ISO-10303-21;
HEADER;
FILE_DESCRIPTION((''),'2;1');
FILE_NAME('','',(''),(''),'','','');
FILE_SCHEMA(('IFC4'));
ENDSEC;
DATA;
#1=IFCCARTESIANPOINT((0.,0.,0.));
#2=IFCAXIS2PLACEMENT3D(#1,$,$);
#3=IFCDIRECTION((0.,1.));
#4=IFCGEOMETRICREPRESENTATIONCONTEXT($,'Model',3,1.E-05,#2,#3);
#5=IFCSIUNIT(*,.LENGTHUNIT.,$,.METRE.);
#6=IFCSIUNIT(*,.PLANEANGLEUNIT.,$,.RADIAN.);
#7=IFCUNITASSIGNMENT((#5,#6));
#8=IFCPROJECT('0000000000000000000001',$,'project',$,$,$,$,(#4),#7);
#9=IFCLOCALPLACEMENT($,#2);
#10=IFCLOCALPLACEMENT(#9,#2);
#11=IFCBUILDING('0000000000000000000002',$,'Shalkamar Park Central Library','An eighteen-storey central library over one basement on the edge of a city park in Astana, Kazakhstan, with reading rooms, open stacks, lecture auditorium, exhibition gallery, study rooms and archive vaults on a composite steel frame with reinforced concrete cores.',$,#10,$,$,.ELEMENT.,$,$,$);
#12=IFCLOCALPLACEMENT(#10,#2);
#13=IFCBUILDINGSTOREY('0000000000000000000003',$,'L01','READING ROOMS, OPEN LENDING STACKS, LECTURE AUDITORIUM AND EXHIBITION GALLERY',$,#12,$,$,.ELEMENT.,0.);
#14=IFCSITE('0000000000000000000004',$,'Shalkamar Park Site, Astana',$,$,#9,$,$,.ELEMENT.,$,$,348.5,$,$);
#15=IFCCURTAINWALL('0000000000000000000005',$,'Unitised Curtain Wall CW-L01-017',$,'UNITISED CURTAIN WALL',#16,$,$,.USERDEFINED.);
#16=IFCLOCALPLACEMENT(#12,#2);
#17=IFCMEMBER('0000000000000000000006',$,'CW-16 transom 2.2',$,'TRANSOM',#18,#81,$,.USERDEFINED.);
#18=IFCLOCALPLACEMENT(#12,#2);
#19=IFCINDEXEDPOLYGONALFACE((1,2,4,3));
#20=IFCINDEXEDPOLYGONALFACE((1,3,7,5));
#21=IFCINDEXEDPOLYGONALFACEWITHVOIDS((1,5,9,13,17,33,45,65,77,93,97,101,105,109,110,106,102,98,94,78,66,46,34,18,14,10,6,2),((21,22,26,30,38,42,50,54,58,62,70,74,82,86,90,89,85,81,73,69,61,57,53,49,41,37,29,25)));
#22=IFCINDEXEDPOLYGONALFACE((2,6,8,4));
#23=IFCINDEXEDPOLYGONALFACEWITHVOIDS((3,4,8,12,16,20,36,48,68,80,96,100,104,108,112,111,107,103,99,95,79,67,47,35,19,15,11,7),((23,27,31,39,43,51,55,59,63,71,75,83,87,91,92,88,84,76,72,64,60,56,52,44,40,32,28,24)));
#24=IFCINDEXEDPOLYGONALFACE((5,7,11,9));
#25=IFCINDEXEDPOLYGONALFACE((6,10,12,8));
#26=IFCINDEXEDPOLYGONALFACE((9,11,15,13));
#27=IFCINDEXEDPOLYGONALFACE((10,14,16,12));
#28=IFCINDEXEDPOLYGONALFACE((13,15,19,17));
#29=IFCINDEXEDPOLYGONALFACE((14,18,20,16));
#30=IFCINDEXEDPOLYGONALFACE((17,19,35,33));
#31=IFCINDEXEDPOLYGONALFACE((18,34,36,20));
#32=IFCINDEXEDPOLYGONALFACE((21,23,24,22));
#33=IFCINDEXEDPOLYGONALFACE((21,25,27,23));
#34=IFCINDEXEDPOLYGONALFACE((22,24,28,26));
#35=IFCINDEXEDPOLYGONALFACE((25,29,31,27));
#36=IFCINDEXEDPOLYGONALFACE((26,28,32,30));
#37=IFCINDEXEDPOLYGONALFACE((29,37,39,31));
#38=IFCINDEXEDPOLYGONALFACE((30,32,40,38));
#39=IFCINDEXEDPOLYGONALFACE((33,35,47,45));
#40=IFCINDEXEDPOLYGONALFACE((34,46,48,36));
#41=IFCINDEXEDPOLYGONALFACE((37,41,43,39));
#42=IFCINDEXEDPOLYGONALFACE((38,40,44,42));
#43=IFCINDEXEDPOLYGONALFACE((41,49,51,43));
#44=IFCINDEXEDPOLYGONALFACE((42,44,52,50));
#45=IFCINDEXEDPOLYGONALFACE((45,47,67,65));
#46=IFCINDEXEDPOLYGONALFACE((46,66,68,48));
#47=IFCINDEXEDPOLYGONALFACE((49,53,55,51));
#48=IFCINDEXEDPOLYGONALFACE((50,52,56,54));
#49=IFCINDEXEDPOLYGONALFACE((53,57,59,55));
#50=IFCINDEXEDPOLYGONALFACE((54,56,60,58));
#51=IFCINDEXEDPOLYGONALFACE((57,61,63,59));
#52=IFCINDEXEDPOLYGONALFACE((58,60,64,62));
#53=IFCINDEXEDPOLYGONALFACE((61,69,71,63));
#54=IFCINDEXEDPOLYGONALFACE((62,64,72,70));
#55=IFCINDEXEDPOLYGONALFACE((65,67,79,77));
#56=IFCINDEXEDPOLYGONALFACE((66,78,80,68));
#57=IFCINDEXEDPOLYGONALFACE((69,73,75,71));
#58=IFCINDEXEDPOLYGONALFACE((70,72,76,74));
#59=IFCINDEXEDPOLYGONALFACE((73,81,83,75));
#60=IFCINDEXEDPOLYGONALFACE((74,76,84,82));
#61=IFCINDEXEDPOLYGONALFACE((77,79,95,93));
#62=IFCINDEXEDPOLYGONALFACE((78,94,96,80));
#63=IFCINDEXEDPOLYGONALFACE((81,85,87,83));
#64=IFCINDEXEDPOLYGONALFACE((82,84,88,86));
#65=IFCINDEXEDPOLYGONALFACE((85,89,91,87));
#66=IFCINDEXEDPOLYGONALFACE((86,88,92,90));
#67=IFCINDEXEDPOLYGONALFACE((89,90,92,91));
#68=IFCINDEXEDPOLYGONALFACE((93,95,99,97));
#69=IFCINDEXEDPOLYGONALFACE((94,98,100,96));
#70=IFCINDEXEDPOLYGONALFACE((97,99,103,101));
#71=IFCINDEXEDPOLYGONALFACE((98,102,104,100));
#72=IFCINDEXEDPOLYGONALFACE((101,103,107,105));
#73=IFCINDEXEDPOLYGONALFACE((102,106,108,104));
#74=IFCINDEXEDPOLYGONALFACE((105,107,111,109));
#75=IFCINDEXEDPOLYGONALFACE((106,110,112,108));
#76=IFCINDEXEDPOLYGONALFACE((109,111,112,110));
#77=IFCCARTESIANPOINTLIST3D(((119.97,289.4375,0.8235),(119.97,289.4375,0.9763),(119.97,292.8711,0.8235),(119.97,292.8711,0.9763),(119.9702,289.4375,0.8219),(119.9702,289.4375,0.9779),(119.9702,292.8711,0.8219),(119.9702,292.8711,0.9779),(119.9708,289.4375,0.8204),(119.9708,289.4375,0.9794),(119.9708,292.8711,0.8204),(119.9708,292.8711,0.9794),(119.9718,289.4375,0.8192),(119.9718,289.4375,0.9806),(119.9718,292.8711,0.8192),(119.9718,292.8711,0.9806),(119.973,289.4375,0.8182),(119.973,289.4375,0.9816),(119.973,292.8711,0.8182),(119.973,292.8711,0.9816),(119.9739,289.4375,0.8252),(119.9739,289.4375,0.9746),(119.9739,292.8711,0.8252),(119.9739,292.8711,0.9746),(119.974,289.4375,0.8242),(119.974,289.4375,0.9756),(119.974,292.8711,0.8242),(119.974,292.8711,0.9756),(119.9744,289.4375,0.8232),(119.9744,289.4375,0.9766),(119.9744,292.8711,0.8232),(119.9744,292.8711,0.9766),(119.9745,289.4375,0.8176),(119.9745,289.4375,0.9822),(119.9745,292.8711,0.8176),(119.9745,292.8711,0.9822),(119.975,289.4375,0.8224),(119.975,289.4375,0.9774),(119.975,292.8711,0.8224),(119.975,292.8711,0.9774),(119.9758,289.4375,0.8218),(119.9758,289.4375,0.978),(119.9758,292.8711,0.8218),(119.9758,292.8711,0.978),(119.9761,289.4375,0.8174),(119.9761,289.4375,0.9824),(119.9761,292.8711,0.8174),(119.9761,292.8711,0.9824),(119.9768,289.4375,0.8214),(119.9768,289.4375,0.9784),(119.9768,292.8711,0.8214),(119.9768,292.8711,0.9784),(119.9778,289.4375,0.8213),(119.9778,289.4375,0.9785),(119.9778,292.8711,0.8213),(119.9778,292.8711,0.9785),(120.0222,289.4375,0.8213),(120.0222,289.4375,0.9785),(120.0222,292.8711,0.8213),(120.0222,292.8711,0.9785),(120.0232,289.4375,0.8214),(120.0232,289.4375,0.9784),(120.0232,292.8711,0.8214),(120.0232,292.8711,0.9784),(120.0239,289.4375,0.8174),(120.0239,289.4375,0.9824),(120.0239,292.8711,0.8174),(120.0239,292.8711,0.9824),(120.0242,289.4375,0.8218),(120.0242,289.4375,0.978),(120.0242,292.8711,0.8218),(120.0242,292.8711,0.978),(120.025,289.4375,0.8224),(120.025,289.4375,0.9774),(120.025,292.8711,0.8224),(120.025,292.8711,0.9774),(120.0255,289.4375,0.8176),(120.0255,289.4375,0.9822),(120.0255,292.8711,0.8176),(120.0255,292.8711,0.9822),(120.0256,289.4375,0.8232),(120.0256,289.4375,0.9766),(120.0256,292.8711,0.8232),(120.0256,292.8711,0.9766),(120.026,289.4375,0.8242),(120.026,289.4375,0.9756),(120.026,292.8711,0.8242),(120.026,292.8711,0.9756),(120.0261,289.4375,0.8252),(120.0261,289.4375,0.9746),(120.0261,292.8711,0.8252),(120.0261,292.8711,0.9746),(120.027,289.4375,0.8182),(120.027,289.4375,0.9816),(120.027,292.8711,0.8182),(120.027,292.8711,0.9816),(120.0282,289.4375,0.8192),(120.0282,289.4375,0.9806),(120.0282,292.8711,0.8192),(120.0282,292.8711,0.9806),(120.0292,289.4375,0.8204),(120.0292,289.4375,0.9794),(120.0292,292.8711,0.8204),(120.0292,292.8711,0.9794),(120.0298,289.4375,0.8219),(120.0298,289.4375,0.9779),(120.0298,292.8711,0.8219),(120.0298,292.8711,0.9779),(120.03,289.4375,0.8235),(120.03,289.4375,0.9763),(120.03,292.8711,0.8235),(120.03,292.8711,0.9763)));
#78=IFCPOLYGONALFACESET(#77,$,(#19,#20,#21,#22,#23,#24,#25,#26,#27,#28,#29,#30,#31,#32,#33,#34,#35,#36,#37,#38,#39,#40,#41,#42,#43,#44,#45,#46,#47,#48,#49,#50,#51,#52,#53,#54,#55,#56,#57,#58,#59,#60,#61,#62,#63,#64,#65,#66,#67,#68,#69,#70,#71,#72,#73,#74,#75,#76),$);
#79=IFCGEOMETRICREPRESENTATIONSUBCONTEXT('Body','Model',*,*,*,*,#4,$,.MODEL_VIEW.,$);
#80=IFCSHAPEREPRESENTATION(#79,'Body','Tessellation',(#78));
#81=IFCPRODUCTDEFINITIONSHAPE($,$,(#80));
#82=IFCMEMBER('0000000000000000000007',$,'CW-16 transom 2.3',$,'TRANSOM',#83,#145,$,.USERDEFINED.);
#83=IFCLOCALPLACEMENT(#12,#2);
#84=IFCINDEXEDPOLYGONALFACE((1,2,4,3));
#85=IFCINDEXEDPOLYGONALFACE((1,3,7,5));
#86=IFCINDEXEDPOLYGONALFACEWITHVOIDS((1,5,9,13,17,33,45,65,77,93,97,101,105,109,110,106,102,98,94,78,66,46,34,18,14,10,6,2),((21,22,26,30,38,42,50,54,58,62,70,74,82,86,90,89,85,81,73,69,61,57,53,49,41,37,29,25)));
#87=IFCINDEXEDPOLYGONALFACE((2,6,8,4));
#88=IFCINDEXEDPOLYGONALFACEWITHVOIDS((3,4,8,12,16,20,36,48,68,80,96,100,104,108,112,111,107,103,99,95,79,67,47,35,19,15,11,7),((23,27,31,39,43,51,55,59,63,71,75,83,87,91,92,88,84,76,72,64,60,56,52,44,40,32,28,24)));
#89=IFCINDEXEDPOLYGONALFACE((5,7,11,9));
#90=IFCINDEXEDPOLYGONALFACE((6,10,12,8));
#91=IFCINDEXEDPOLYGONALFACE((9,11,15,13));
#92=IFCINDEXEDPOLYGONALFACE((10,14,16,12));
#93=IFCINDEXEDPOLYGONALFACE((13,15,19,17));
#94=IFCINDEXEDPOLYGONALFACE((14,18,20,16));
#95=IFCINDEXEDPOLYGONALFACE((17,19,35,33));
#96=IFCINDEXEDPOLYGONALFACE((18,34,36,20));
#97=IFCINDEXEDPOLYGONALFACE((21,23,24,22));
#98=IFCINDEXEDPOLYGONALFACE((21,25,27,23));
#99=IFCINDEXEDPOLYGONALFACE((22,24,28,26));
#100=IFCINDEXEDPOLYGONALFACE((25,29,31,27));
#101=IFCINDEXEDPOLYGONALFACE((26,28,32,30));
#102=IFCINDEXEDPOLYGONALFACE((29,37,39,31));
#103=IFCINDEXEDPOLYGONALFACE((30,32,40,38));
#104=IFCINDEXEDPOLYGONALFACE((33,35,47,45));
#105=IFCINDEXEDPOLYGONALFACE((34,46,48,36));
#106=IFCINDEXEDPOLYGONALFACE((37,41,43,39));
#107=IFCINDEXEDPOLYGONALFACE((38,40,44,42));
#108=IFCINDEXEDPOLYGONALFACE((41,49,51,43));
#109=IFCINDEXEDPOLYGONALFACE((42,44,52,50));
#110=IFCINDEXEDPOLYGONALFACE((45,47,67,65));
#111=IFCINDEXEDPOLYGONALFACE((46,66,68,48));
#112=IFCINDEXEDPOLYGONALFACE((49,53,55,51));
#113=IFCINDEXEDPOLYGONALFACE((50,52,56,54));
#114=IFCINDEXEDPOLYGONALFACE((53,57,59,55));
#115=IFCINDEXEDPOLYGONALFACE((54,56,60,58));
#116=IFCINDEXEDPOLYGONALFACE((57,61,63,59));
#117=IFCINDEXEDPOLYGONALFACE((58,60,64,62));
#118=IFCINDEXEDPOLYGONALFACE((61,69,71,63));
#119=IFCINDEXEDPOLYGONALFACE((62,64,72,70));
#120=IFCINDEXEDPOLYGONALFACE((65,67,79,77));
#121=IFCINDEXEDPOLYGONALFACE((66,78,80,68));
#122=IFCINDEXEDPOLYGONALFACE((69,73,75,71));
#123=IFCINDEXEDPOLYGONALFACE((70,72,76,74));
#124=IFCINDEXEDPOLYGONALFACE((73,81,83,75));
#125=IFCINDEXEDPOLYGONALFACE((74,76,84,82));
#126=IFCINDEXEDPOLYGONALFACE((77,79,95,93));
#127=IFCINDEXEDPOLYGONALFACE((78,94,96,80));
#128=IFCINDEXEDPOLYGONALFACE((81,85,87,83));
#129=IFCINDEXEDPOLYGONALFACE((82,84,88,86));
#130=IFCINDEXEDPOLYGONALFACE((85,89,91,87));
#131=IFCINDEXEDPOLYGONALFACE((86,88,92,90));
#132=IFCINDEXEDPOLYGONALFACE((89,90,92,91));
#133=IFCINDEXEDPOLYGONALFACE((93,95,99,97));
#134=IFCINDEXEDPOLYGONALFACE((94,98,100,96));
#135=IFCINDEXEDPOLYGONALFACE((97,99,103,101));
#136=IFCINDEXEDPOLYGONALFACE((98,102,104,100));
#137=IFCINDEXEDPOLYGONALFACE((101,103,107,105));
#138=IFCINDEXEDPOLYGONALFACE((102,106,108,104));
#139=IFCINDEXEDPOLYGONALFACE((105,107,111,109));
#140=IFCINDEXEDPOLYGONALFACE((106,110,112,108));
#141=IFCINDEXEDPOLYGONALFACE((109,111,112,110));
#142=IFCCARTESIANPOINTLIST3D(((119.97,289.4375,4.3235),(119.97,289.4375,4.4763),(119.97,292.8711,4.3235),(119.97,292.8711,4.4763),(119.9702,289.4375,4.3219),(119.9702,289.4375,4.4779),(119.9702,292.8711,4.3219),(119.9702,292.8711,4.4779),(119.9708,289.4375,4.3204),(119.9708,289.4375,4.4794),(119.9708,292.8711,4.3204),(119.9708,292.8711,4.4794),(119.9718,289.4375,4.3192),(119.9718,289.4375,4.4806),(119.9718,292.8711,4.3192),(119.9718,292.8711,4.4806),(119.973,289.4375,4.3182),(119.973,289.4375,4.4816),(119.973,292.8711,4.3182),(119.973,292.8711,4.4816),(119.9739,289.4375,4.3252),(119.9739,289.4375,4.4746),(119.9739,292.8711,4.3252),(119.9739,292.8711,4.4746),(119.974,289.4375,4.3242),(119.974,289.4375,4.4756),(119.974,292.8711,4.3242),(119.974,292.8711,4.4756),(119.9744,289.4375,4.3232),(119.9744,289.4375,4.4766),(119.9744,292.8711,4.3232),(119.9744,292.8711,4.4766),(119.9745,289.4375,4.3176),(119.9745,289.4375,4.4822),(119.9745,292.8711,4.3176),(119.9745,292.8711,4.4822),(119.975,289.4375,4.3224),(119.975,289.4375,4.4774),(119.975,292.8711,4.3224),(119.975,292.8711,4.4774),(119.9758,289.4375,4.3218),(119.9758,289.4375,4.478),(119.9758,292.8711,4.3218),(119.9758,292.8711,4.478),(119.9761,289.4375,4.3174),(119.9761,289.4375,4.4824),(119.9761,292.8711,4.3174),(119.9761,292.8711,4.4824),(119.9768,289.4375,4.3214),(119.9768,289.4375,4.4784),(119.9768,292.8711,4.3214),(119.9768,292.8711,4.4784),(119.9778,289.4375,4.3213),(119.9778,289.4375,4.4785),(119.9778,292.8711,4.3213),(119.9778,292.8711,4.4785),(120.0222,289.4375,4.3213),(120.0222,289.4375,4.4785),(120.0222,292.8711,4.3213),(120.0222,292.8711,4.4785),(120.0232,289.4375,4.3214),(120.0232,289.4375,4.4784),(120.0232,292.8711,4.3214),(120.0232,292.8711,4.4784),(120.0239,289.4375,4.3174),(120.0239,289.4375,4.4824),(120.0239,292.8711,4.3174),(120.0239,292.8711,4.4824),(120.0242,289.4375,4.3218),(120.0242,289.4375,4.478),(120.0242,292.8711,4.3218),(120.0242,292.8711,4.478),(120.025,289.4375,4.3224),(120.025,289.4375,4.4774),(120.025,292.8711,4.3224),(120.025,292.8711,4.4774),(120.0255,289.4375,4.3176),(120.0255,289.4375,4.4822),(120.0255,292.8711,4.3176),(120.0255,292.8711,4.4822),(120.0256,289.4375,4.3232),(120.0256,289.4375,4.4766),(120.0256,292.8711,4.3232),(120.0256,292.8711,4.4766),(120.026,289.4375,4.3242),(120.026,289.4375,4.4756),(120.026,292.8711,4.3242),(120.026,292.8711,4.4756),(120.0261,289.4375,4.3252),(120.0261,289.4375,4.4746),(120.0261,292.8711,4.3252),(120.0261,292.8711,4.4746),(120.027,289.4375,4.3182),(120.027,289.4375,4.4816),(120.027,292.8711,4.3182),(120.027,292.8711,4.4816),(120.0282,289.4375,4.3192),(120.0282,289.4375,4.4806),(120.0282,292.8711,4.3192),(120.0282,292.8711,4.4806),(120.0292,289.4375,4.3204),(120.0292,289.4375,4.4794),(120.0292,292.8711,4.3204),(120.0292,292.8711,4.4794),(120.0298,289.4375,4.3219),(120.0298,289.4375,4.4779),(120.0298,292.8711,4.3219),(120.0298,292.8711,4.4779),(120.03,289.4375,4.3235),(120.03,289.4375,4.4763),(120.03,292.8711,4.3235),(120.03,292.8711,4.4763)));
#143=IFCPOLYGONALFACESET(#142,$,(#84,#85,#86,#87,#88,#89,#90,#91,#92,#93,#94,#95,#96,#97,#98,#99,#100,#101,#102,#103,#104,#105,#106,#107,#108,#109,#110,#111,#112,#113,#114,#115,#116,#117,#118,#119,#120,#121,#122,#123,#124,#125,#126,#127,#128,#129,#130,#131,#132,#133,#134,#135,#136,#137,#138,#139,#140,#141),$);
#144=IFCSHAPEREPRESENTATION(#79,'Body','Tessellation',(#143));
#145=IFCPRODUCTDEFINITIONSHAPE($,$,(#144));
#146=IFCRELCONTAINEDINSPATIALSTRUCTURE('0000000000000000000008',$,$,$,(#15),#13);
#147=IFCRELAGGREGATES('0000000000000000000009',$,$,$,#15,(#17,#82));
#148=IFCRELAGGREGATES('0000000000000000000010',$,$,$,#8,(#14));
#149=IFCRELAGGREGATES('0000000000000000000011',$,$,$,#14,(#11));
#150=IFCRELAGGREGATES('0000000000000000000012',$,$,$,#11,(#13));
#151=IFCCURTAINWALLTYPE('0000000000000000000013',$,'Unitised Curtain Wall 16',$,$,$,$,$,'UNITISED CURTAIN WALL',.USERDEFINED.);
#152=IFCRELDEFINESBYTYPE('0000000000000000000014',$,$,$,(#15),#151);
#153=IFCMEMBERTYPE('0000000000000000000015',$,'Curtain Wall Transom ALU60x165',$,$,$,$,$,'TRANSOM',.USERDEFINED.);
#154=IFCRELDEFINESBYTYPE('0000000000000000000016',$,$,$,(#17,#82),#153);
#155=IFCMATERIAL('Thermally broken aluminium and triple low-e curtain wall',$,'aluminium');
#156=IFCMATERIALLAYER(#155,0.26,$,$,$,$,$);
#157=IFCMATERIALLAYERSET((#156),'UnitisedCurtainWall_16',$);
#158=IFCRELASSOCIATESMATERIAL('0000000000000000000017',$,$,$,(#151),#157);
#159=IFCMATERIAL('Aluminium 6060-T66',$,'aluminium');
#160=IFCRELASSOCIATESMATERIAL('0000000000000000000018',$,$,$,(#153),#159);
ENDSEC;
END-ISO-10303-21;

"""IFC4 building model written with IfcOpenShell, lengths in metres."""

from ifc_helpers import new_model, si_unit, direction, frame, origin, origin_2d, place, context, subcontext, project, spatial, hollow_rectangle, extrude, material, layer, layer_set, material_profile, profile_set, type_object, element, aggregate, save


model = new_model("IFC4")

# Units and contexts
model_context = context("Model", 3, precision=1e-05, world=origin(), true_north=direction((0.0, 1.0)))
body_context = subcontext(model_context, "Body", "Model", "MODEL_VIEW")
ifc_project = project(units=[si_unit("LENGTHUNIT", "METRE"), si_unit("PLANEANGLEUNIT", "RADIAN")], contexts=[model_context])

# Site, building, storey
site_placement = place(None, origin())
site = spatial("IfcSite", under=ifc_project, at=site_placement, Name="Shalkamar Park Site, Astana", CompositionType="ELEMENT", RefElevation=348.5)
building_placement = place(site_placement, origin())
building = spatial("IfcBuilding", under=site, at=building_placement, Name="Shalkamar Park Central Library", Description="An eighteen-storey central library over one basement on the edge of a city park in Astana, Kazakhstan, with reading rooms, open stacks, lecture auditorium, exhibition gallery, study rooms and archive vaults on a composite steel frame with reinforced concrete cores.", CompositionType="ELEMENT")
storey_placement = place(building_placement, origin())
storey = spatial("IfcBuildingStorey", under=building, at=storey_placement, Name="L01", Description="READING ROOMS, OPEN LENDING STACKS, LECTURE AUDITORIUM AND EXHIBITION GALLERY", CompositionType="ELEMENT", Elevation=0.0)

# Curtain wall, members
ifc_material_1 = material(Name="Thermally broken aluminium and triple low-e curtain wall", Category="aluminium")
ifc_layer_1 = layer(ifc_material_1, 0.26)
ifc_layer_set_1 = layer_set([ifc_layer_1], Name="UnitisedCurtainWall_16")
curtain_wall_type = type_object("IfcCurtainWallType", Name="Unitised Curtain Wall 16", ElementType="UNITISED CURTAIN WALL", PredefinedType="USERDEFINED", material=ifc_layer_set_1)
curtain_wall_placement = place(storey_placement, origin())
curtain_wall = element("IfcCurtainWall", 1, at=curtain_wall_placement, inside=storey, type_object=curtain_wall_type, Name="Unitised Curtain Wall CW-L01-017", ObjectType="UNITISED CURTAIN WALL", PredefinedType="USERDEFINED")
ifc_material_2 = material(Name="Aluminium 6060-T66", Category="aluminium")
ifc_material_profile_1 = material_profile(ifc_material_2, hollow_rectangle(XDim=0.0601, YDim=0.165, WallThickness=0.0039, InnerFilletRadius=0.0039, OuterFilletRadius=0.0061, at=origin_2d()), Name="ALU 60x165x4")
ifc_profile_set_1 = profile_set([ifc_material_profile_1], Name="Aluminium 6060-T66")
member_type_1 = type_object("IfcMemberType", Name="Curtain Wall Transom ALU60x165", ElementType="TRANSOM", PredefinedType="USERDEFINED", material=ifc_profile_set_1)
member_1_placement = place(storey_placement, frame((120.0, 289.4375, 0.8999), z_axis=(0.0, 1.0, 0.0), x_axis=(-1.0, 0.0, 0.0)))
member_1 = element("IfcMember", 2, at=member_1_placement, type_object=member_type_1, Name="CW-16 transom 2.2", ObjectType="TRANSOM", PredefinedType="USERDEFINED", context=body_context, shape_type="SweptSolid", body=[
    extrude(hollow_rectangle(XDim=0.0601, YDim=0.165, WallThickness=0.0039, InnerFilletRadius=0.0039, OuterFilletRadius=0.0061, at=origin_2d()), origin(), (0.0, 0.0, 1.0), 3.4336),
])
member_2_placement = place(storey_placement, frame((120.0, 289.4375, 4.3999), z_axis=(0.0, 1.0, 0.0), x_axis=(-1.0, 0.0, 0.0)))
member_2 = element("IfcMember", 3, at=member_2_placement, type_object=member_type_1, Name="CW-16 transom 2.3", ObjectType="TRANSOM", PredefinedType="USERDEFINED", context=body_context, shape_type="SweptSolid", body=[
    extrude(hollow_rectangle(XDim=0.0601, YDim=0.165, WallThickness=0.0039, InnerFilletRadius=0.0039, OuterFilletRadius=0.0061, at=origin_2d()), origin(), (0.0, 0.0, 1.0), 3.4336),
])

aggregate(curtain_wall, [member_1, member_2])

save(model, "model.ifc")
